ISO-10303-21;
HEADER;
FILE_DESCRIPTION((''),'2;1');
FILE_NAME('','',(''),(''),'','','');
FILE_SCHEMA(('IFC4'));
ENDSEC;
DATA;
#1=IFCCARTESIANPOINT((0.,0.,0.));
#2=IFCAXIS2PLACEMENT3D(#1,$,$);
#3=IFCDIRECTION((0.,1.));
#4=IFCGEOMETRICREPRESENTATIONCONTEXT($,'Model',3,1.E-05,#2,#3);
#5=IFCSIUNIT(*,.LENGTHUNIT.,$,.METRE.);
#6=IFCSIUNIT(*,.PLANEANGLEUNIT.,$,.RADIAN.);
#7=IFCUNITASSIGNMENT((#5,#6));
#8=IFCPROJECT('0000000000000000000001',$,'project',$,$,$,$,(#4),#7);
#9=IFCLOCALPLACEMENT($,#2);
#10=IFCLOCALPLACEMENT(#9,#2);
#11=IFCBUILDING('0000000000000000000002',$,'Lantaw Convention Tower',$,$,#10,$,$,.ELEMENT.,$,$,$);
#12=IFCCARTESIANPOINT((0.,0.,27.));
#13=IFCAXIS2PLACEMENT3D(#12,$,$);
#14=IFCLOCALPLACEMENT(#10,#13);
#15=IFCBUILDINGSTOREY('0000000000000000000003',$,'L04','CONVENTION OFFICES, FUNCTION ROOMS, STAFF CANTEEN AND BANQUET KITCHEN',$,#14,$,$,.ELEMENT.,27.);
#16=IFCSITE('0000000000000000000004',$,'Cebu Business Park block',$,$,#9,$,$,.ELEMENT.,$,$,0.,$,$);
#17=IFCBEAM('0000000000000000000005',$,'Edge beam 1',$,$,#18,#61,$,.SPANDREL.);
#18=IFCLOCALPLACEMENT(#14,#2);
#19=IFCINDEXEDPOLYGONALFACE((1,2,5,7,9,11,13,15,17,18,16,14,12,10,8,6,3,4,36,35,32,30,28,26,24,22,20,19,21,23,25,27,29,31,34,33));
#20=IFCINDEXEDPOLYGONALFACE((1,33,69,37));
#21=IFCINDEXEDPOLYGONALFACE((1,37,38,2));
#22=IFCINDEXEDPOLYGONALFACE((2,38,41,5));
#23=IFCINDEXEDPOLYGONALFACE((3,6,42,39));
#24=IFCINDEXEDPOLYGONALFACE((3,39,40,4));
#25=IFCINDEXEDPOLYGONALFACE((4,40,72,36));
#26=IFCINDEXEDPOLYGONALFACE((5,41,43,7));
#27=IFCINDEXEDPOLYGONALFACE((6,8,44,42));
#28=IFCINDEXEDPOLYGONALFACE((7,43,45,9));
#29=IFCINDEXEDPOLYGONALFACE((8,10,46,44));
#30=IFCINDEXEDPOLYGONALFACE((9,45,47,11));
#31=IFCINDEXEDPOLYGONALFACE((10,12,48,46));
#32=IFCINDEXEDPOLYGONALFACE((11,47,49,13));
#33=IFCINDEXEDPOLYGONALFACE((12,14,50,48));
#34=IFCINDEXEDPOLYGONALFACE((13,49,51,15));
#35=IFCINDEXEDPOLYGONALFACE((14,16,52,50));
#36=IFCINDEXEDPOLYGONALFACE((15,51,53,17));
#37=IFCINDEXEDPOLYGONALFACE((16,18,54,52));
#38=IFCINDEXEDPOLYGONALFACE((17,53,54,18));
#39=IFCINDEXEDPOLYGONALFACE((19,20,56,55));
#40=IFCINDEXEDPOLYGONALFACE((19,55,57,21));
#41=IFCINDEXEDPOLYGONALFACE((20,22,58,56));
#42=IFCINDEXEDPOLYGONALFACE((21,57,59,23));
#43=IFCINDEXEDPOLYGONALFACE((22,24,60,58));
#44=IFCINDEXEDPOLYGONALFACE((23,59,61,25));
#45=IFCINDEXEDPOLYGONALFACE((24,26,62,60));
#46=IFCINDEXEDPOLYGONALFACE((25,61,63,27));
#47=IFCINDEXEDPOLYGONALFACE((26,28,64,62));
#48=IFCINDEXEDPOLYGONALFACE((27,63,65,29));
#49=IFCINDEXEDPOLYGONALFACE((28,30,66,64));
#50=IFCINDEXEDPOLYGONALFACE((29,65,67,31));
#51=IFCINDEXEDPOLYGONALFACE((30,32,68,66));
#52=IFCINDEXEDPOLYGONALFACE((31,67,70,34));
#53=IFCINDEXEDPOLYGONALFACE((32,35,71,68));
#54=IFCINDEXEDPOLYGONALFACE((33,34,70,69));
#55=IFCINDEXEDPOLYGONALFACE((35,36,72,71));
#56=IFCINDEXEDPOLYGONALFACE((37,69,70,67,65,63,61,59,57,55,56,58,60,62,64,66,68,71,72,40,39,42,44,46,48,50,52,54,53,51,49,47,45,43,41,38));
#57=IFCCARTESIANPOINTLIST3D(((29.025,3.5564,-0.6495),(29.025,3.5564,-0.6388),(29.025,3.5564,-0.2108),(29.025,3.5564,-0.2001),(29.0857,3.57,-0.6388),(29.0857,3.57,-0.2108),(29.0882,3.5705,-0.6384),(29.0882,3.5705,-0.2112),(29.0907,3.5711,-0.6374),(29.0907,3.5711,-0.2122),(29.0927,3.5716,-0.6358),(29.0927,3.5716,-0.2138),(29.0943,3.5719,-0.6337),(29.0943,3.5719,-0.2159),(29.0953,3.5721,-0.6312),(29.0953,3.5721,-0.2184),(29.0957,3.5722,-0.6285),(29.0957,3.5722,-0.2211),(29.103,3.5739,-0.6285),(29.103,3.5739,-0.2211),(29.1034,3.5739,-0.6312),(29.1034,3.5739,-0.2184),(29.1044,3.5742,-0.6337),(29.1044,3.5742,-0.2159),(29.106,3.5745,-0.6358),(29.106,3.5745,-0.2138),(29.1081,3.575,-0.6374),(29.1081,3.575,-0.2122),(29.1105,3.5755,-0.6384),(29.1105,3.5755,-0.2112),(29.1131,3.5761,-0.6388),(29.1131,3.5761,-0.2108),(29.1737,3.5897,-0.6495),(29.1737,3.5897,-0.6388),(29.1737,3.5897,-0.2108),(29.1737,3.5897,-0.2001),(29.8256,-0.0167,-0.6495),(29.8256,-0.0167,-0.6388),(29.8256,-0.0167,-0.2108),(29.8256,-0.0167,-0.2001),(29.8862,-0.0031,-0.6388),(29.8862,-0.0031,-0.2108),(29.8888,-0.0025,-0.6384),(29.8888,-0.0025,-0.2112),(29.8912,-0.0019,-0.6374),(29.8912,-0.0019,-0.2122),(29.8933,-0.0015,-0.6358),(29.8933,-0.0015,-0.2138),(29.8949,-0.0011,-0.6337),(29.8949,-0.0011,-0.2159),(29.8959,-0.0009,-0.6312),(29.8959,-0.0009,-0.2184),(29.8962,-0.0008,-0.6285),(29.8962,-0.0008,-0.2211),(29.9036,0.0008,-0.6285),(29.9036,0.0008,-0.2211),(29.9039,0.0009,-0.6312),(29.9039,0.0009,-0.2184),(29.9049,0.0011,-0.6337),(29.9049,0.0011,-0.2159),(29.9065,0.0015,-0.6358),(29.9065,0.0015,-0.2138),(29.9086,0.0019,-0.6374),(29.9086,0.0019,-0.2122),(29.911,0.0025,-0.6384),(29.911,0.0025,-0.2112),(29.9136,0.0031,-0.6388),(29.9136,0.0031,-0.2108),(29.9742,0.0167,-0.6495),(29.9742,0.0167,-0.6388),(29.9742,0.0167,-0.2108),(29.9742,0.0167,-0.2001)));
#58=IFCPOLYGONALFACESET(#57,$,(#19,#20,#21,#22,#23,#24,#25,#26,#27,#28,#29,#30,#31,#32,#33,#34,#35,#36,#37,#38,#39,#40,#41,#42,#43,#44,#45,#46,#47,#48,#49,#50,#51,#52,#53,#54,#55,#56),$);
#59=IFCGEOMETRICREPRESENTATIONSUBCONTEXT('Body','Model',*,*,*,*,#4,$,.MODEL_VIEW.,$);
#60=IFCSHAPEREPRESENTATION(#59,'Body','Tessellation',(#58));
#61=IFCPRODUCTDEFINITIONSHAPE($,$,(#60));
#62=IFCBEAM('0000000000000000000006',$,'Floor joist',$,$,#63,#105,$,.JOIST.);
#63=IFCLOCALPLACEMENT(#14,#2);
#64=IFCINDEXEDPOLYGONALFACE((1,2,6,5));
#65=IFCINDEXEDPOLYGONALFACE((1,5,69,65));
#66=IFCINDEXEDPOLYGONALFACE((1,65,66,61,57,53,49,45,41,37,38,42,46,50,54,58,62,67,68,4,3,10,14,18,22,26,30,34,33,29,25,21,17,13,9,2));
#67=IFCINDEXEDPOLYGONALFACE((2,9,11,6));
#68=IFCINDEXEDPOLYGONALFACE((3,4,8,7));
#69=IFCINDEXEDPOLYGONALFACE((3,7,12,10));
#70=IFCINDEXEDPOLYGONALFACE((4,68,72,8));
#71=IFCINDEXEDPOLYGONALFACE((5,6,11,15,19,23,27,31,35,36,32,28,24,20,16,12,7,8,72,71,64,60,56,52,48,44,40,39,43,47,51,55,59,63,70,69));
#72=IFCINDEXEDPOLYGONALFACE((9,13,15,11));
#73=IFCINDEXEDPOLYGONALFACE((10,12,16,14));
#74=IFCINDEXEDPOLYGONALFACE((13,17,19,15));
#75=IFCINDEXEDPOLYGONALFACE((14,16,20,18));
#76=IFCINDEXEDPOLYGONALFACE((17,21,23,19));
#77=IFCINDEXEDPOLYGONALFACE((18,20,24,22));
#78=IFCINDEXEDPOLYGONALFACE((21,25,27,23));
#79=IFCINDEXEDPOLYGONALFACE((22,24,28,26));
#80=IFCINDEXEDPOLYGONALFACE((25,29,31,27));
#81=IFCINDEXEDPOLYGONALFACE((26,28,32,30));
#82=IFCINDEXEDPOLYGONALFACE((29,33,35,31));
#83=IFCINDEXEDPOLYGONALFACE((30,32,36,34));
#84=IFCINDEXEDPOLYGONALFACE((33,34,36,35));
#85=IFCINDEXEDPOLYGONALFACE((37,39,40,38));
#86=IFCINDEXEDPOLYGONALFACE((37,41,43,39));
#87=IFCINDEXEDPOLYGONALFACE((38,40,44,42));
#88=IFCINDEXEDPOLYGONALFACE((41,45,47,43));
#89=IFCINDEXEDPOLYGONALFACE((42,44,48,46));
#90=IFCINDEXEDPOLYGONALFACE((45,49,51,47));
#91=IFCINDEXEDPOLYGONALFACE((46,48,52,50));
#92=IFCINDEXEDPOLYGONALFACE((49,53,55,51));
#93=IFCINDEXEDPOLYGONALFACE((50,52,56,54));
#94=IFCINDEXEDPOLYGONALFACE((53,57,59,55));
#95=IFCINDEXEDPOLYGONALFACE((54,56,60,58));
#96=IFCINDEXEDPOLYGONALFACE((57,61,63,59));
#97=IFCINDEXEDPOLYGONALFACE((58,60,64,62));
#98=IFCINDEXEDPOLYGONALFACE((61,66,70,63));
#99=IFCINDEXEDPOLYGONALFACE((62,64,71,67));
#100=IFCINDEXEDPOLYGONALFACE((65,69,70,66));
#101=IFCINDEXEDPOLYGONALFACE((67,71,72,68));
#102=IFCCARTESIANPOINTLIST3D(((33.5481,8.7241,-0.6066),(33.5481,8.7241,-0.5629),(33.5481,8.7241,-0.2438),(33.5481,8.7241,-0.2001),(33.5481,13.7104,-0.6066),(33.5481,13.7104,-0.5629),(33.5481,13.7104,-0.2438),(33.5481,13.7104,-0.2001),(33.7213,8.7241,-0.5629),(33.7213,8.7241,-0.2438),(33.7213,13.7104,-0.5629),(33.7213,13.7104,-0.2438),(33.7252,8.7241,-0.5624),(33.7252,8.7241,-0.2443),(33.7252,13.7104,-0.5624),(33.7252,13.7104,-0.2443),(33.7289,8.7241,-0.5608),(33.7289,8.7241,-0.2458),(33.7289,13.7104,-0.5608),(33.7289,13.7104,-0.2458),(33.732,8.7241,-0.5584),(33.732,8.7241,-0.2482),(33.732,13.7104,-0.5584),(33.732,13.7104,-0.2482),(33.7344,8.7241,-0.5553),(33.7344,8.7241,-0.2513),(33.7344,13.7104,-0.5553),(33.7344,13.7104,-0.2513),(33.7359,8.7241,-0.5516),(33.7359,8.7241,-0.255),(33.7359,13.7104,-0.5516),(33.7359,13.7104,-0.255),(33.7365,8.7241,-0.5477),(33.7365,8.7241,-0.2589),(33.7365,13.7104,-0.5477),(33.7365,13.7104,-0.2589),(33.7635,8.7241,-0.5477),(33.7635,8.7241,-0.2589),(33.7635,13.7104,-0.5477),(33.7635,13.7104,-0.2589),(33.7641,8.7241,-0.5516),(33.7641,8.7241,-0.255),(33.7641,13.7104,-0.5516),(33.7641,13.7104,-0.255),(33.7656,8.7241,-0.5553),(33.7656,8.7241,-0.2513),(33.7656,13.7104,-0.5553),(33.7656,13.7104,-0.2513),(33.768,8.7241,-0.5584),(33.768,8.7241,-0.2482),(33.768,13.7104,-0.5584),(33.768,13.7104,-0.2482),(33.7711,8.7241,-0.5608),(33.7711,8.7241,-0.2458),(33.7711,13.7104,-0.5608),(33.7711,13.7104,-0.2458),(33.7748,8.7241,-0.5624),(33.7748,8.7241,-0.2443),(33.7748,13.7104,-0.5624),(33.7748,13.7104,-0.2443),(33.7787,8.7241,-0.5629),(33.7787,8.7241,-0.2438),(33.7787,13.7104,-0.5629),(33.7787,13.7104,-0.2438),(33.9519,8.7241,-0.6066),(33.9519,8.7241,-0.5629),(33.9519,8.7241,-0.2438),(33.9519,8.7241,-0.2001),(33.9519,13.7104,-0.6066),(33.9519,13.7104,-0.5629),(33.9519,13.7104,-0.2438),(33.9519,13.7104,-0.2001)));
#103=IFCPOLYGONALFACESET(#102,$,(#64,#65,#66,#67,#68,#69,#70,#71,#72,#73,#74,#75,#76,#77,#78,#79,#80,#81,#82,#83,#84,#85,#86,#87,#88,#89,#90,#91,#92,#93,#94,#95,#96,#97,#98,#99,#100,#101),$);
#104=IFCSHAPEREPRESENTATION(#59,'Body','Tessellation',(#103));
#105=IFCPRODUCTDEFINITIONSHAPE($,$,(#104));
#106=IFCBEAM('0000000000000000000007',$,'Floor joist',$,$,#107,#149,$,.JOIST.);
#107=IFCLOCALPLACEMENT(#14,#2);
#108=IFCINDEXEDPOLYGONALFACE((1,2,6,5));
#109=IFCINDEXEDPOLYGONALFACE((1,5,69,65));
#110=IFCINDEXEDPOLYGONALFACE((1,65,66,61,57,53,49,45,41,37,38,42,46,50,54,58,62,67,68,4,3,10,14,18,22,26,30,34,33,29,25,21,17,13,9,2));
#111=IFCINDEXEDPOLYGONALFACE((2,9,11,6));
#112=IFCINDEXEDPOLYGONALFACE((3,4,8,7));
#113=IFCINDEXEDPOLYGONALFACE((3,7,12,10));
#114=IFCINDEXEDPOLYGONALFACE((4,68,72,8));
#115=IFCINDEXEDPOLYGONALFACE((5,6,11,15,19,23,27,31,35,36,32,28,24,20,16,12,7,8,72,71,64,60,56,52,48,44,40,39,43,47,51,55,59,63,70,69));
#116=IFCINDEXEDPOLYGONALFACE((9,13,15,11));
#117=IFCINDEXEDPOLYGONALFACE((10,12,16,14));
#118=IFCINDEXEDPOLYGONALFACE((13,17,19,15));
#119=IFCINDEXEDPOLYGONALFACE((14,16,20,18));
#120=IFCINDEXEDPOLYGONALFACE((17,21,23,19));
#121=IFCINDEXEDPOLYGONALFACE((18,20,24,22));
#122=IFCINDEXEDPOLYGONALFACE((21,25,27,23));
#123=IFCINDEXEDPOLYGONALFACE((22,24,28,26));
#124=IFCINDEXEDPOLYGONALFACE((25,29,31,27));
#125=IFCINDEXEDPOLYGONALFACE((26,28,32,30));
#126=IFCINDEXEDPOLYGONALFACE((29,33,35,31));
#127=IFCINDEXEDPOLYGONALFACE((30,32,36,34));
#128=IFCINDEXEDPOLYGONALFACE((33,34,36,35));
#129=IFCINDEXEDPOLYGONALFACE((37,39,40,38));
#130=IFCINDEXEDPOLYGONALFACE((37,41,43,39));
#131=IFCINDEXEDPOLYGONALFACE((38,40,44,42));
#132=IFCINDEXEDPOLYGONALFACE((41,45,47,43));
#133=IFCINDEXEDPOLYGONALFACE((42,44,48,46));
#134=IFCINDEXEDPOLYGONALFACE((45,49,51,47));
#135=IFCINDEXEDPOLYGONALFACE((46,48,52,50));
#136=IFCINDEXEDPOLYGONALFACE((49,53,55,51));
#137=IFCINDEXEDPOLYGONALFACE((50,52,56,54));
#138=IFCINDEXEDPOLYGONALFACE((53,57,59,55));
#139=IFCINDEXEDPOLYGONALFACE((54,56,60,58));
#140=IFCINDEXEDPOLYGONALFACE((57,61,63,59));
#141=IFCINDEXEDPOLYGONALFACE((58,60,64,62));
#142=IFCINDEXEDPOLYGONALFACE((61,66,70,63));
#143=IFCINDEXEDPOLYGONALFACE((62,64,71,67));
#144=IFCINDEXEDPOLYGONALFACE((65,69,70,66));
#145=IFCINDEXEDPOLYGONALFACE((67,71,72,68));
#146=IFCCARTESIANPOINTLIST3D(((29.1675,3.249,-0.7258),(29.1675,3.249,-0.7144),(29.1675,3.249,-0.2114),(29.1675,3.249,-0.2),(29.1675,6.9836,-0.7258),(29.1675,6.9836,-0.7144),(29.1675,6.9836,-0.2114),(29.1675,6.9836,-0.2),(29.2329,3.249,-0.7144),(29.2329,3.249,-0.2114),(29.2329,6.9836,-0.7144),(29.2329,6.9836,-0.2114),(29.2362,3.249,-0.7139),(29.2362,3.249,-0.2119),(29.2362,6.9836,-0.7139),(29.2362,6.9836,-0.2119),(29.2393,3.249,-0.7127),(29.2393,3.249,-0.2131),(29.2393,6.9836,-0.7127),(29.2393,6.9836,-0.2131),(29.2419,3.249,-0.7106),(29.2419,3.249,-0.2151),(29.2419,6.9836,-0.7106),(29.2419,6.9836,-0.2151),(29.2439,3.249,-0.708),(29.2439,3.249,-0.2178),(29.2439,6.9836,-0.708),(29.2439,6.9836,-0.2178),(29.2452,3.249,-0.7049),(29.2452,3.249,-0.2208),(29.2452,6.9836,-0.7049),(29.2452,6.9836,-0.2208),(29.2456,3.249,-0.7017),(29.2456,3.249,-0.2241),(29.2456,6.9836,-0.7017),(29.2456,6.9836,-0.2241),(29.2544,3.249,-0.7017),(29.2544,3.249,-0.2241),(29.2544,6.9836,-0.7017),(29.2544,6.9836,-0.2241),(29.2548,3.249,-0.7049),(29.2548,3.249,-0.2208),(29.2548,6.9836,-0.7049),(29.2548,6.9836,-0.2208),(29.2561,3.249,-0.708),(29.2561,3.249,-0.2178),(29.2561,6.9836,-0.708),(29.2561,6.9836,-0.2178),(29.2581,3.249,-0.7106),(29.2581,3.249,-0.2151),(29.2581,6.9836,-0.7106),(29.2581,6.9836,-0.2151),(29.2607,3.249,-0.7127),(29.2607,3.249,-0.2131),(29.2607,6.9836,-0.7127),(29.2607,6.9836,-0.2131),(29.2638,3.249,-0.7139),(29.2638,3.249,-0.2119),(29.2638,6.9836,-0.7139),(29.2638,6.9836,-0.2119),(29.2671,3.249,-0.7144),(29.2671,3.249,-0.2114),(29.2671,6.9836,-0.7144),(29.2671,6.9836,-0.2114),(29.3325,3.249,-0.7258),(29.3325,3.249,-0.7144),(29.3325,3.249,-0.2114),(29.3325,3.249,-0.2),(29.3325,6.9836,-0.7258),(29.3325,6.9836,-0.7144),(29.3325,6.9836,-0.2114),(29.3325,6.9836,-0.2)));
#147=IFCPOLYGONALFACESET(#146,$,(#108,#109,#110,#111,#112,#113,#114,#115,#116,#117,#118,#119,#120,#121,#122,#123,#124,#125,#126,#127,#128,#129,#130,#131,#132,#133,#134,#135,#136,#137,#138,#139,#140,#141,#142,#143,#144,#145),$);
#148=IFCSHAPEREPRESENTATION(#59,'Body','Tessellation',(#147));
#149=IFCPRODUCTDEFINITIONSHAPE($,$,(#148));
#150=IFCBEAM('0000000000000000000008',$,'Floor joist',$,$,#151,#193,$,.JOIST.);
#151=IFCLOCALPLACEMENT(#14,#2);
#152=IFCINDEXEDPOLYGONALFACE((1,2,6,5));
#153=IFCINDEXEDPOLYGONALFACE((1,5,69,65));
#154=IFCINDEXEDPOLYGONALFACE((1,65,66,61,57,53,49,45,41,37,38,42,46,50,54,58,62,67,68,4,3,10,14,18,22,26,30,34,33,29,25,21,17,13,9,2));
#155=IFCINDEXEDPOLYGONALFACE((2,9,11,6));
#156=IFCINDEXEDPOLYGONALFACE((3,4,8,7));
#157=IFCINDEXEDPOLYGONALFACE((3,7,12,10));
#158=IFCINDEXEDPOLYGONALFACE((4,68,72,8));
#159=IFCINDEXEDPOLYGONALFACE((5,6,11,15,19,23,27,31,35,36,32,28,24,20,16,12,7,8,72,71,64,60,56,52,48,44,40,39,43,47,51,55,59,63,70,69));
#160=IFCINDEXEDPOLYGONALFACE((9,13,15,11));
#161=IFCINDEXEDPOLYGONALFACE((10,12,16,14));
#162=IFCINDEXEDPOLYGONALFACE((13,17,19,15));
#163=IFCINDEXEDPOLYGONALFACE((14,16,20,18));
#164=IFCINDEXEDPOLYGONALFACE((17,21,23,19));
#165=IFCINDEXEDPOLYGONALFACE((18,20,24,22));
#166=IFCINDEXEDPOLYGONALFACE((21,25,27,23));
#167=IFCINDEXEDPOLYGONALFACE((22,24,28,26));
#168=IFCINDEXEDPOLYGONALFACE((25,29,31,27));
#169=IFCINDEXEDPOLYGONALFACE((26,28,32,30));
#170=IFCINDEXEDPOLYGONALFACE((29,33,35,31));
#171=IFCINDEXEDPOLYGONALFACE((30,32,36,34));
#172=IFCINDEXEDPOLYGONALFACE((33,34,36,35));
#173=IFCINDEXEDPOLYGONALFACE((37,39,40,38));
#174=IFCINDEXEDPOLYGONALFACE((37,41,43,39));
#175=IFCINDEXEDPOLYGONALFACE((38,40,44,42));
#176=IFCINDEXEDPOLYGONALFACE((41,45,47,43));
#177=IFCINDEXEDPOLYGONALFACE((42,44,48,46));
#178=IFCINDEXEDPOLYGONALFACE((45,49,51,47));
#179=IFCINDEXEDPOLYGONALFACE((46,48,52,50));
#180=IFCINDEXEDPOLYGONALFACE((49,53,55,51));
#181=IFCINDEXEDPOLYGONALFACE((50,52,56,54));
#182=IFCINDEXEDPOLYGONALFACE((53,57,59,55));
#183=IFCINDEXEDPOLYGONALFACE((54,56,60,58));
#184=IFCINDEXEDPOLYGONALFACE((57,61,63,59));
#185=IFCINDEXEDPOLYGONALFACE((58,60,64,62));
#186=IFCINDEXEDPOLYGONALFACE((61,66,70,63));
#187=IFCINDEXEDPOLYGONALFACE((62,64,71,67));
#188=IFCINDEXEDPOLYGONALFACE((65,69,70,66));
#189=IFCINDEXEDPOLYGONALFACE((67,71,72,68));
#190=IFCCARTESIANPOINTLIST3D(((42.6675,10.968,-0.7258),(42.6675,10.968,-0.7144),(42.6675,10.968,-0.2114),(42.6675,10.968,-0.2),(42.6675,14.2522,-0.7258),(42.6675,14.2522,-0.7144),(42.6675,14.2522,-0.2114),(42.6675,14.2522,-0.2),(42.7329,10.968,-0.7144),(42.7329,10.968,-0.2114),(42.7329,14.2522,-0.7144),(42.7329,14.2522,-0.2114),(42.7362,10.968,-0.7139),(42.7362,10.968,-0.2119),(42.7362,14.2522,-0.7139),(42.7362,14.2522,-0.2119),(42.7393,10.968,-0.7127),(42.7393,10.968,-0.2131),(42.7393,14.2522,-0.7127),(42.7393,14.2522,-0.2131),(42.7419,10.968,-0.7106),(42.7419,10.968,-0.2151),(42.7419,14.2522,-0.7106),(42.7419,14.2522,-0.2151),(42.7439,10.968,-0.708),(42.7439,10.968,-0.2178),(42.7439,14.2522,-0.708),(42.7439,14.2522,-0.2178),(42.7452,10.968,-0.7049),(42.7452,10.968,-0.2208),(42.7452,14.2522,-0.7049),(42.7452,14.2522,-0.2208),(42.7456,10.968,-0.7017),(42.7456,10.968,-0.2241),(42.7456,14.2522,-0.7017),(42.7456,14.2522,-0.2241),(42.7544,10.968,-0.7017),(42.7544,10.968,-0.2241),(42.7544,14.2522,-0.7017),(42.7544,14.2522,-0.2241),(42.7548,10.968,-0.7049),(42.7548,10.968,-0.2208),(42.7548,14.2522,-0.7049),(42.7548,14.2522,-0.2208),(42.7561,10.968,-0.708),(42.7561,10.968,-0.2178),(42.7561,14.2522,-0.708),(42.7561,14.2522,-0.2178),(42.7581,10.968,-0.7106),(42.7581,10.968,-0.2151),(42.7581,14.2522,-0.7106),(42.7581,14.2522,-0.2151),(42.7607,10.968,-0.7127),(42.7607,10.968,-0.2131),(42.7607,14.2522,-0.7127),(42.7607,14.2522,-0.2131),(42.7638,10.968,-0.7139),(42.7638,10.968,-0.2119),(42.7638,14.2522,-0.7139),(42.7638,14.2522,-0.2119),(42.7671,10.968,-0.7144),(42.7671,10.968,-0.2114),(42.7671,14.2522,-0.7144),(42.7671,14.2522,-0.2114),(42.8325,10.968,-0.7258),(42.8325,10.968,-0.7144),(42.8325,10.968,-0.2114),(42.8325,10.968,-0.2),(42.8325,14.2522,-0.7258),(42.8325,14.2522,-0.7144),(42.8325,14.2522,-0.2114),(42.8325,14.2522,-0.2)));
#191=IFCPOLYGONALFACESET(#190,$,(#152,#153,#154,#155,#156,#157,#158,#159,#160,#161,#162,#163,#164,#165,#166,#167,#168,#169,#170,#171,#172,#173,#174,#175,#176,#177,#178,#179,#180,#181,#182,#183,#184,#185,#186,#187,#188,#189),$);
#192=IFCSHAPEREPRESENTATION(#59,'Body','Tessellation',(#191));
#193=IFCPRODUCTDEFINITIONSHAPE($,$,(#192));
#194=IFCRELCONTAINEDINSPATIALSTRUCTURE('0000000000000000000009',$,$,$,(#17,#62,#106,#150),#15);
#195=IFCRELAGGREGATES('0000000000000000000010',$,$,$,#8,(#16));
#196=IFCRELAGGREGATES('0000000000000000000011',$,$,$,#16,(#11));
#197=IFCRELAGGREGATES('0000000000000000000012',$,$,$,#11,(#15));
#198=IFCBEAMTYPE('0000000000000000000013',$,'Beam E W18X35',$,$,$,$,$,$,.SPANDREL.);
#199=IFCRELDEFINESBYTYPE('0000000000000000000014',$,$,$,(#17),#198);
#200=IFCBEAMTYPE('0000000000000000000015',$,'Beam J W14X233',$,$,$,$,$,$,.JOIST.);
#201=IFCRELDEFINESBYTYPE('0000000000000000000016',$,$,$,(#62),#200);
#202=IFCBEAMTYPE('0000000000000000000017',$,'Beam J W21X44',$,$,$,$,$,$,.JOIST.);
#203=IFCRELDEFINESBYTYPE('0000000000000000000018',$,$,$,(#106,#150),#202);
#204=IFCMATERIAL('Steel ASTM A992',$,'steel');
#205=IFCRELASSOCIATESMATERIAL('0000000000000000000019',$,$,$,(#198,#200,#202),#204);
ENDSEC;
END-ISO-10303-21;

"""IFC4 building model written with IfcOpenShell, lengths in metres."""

from ifc_helpers import new_model, si_unit, direction, frame, origin, origin_2d, place, context, subcontext, project, spatial, i_section, extrude, material, material_profile, profile_set, type_object, element, save


model = new_model("IFC4")

# Units and contexts
model_context = context("Model", 3, precision=1e-05, world=origin(), true_north=direction((0.0, 1.0)))
body_context = subcontext(model_context, "Body", "Model", "MODEL_VIEW")
ifc_project = project(units=[si_unit("LENGTHUNIT", "METRE"), si_unit("PLANEANGLEUNIT", "RADIAN")], contexts=[model_context])

# Site, building, storey
site_placement = place(None, origin())
site = spatial("IfcSite", under=ifc_project, at=site_placement, Name="Cebu Business Park block", CompositionType="ELEMENT", RefElevation=0.0)
building_placement = place(site_placement, origin())
building = spatial("IfcBuilding", under=site, at=building_placement, Name="Lantaw Convention Tower", CompositionType="ELEMENT")
storey_placement = place(building_placement, frame((0.0, 0.0, 27.0)))
storey = spatial("IfcBuildingStorey", under=building, at=storey_placement, Name="L04", Description="CONVENTION OFFICES, FUNCTION ROOMS, STAFF CANTEEN AND BANQUET KITCHEN", CompositionType="ELEMENT", Elevation=27.0)

# Beams
ifc_material_1 = material(Name="Steel ASTM A992", Category="steel")
ifc_material_profile_1 = material_profile(ifc_material_1, i_section(OverallWidth=0.1523, OverallDepth=0.4495, WebThickness=0.0076, FlangeThickness=0.0107, FilletRadius=0.0103, at=origin_2d()), Name="W18X35")
ifc_profile_set_1 = profile_set([ifc_material_profile_1], Name="Steel ASTM A992")
beam_type_1 = type_object("IfcBeamType", Name="Beam E W18X35", PredefinedType="SPANDREL", material=ifc_profile_set_1)
beam_1_placement = place(storey_placement, frame((29.8999, 0.0, -0.4248), z_axis=(-0.218632, 0.975807, 0.0), x_axis=(-0.975807, -0.218632, 0.0)))
element("IfcBeam", 1, at=beam_1_placement, inside=storey, type_object=beam_type_1, Name="Edge beam 1", PredefinedType="SPANDREL", context=body_context, shape_type="SweptSolid", body=[
    extrude(i_section(OverallWidth=0.1523, OverallDepth=0.4495, WebThickness=0.0076, FlangeThickness=0.0107, FilletRadius=0.0103, at=origin_2d()), origin(), (0.0, 0.0, 1.0), 3.6616),
])
ifc_material_profile_2 = material_profile(ifc_material_1, i_section(OverallWidth=0.4038, OverallDepth=0.4065, WebThickness=0.0271, FlangeThickness=0.0437, FilletRadius=0.0151, at=origin_2d()), Name="W14X233")
ifc_profile_set_2 = profile_set([ifc_material_profile_2], Name="Steel ASTM A992")
beam_type_2 = type_object("IfcBeamType", Name="Beam J W14X233", PredefinedType="JOIST", material=ifc_profile_set_2)
beam_2_placement = place(storey_placement, frame((33.75, 8.7241, -0.4033), z_axis=(0.0, 1.0, 0.0), x_axis=(-1.0, 0.0, 0.0)))
element("IfcBeam", 2, at=beam_2_placement, inside=storey, type_object=beam_type_2, Name="Floor joist", PredefinedType="JOIST", context=body_context, shape_type="SweptSolid", body=[
    extrude(i_section(OverallWidth=0.4038, OverallDepth=0.4065, WebThickness=0.0271, FlangeThickness=0.0437, FilletRadius=0.0151, at=origin_2d()), origin(), (0.0, 0.0, 1.0), 4.9863),
])
ifc_material_profile_3 = material_profile(ifc_material_1, i_section(OverallWidth=0.165, OverallDepth=0.5259, WebThickness=0.0088, FlangeThickness=0.0115, FilletRadius=0.0127, at=origin_2d()), Name="W21X44")
ifc_profile_set_3 = profile_set([ifc_material_profile_3], Name="Steel ASTM A992")
beam_type_3 = type_object("IfcBeamType", Name="Beam J W21X44", PredefinedType="JOIST", material=ifc_profile_set_3)
beam_3_placement = place(storey_placement, frame((29.25, 3.249, -0.4629), z_axis=(0.0, 1.0, 0.0), x_axis=(-1.0, 0.0, 0.0)))
element("IfcBeam", 3, at=beam_3_placement, inside=storey, type_object=beam_type_3, Name="Floor joist", PredefinedType="JOIST", context=body_context, shape_type="SweptSolid", body=[
    extrude(i_section(OverallWidth=0.165, OverallDepth=0.5259, WebThickness=0.0088, FlangeThickness=0.0115, FilletRadius=0.0127, at=origin_2d()), origin(), (0.0, 0.0, 1.0), 3.7346),
])
beam_4_placement = place(storey_placement, frame((42.75, 10.968, -0.4629), z_axis=(0.0, 1.0, 0.0), x_axis=(-1.0, 0.0, 0.0)))
element("IfcBeam", 4, at=beam_4_placement, inside=storey, type_object=beam_type_3, Name="Floor joist", PredefinedType="JOIST", context=body_context, shape_type="SweptSolid", body=[
    extrude(i_section(OverallWidth=0.165, OverallDepth=0.5259, WebThickness=0.0088, FlangeThickness=0.0115, FilletRadius=0.0127, at=origin_2d()), origin(), (0.0, 0.0, 1.0), 3.2842),
])

save(model, "model.ifc")
